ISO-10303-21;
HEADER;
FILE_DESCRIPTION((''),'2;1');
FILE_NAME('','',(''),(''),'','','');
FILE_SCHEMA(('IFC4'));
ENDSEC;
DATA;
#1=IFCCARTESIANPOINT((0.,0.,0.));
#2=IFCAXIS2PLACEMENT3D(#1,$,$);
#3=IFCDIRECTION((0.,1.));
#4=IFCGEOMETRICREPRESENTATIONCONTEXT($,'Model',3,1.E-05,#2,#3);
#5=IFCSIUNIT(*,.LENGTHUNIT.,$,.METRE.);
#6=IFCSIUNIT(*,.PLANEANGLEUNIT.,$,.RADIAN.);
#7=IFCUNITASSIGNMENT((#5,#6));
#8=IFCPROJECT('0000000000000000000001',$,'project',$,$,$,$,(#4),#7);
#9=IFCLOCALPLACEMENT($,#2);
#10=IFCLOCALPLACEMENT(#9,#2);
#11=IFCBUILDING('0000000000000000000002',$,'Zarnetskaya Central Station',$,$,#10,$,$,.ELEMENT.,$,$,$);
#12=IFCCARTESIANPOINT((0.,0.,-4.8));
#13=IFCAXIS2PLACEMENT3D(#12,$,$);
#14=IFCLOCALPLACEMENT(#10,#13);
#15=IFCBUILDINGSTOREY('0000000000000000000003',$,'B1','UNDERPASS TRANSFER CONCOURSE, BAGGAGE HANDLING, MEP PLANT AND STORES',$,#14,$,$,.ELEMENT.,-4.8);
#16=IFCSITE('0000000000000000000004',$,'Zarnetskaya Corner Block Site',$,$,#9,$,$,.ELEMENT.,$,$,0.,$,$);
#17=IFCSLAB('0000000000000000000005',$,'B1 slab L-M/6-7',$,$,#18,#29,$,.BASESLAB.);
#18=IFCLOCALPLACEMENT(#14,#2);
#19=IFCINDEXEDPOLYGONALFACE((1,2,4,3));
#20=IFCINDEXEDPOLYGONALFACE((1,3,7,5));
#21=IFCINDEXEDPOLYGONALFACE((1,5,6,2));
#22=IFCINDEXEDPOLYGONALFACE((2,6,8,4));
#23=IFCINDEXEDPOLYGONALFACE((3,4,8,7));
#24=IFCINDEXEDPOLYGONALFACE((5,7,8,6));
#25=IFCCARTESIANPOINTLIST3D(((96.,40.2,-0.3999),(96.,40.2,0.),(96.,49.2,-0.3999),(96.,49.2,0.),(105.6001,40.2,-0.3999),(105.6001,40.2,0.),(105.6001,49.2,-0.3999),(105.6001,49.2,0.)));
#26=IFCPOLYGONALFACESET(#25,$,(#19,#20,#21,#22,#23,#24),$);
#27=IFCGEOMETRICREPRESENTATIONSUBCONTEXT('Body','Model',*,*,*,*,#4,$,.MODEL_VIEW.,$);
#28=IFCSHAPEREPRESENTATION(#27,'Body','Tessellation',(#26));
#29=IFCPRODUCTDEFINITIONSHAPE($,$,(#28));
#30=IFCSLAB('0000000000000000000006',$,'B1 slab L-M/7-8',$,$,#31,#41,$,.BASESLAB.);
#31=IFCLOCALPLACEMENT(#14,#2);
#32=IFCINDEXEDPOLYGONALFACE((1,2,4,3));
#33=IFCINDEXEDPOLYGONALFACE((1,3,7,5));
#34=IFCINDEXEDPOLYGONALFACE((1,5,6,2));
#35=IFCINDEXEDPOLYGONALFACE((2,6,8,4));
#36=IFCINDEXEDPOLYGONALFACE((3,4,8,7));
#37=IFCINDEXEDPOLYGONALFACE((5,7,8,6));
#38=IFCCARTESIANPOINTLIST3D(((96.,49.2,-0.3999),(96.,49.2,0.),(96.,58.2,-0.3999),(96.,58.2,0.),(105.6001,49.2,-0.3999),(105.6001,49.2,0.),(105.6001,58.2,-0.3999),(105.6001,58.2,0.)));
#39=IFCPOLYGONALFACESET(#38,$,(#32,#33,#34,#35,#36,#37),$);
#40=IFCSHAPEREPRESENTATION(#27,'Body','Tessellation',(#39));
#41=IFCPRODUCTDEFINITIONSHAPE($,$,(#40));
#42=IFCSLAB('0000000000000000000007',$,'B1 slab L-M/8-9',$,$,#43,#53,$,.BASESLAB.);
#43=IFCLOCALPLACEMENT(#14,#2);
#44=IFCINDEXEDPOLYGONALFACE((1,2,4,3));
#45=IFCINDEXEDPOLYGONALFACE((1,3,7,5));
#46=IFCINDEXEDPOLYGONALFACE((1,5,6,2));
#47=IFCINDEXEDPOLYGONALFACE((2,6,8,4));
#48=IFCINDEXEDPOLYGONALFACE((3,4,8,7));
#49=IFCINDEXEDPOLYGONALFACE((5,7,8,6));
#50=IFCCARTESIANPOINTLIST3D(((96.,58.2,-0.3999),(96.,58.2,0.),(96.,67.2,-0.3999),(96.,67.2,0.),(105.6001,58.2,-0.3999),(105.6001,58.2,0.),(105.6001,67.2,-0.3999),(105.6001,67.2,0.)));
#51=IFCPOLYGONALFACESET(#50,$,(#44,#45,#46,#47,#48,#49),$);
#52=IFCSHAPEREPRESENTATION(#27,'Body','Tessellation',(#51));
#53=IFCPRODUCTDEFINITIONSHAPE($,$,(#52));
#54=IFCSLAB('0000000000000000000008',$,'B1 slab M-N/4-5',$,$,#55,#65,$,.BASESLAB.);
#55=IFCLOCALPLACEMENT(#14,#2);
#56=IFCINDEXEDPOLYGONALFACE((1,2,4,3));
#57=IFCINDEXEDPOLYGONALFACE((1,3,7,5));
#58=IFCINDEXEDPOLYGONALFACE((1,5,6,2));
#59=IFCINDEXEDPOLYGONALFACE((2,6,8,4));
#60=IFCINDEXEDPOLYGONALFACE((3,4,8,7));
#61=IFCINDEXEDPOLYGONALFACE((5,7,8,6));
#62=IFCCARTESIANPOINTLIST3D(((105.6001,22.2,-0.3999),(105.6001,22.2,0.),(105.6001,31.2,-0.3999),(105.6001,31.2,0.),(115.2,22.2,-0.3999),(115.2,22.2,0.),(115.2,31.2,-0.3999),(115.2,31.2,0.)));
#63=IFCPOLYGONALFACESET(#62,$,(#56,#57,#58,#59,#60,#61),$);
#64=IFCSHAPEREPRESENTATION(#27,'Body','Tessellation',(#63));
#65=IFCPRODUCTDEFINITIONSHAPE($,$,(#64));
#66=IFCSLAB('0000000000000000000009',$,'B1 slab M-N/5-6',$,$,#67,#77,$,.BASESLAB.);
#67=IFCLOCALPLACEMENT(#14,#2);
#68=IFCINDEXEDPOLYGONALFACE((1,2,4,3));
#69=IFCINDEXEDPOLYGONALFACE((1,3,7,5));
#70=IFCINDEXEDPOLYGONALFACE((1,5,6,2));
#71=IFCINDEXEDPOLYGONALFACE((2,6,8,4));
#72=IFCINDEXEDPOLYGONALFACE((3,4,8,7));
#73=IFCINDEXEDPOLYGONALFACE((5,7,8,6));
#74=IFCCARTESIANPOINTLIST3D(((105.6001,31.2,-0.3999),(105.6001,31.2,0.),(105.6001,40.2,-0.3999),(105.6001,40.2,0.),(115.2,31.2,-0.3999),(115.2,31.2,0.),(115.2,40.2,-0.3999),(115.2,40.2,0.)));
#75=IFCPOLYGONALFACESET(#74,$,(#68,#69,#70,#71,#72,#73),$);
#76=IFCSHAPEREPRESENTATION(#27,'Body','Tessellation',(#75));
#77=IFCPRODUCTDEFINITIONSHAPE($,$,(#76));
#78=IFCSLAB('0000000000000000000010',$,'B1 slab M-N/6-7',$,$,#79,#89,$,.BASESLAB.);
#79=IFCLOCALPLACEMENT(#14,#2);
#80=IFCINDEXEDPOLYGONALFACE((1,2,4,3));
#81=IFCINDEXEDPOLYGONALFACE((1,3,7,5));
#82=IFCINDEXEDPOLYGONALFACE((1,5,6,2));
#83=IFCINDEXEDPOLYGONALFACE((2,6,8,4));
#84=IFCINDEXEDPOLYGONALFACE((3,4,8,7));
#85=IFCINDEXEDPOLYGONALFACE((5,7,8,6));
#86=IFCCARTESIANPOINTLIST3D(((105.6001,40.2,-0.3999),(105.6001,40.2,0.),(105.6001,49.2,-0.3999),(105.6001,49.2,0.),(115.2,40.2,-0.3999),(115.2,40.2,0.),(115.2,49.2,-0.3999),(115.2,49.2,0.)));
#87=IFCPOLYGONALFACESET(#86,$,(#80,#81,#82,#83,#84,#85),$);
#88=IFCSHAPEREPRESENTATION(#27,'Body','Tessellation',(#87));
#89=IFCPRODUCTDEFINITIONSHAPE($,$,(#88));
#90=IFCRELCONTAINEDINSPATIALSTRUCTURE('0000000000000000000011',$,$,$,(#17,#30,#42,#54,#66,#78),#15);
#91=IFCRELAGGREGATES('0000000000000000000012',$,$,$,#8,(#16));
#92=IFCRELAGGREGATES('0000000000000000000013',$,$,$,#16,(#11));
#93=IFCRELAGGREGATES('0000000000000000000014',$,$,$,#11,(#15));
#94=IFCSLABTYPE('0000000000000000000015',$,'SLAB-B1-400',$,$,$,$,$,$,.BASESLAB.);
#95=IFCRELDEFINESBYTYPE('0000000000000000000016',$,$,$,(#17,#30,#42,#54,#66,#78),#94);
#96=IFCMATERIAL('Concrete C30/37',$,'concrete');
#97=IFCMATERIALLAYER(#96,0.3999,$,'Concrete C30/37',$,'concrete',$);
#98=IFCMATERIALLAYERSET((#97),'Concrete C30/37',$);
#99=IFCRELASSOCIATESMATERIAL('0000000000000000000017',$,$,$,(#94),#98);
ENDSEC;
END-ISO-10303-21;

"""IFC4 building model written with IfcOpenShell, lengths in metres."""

from ifc_helpers import new_model, si_unit, direction, frame, origin, place, context, subcontext, project, spatial, polyline, outline, extrude, material, layer, layer_set, type_object, element, save


model = new_model("IFC4")

# Units and contexts
model_context = context("Model", 3, precision=1e-05, world=origin(), true_north=direction((0.0, 1.0)))
body_context = subcontext(model_context, "Body", "Model", "MODEL_VIEW")
ifc_project = project(units=[si_unit("LENGTHUNIT", "METRE"), si_unit("PLANEANGLEUNIT", "RADIAN")], contexts=[model_context])

# Site, building, storey
site_placement = place(None, origin())
site = spatial("IfcSite", under=ifc_project, at=site_placement, Name="Zarnetskaya Corner Block Site", CompositionType="ELEMENT", RefElevation=0.0)
building_placement = place(site_placement, origin())
building = spatial("IfcBuilding", under=site, at=building_placement, Name="Zarnetskaya Central Station", CompositionType="ELEMENT")
storey_placement = place(building_placement, frame((0.0, 0.0, -4.8)))
storey = spatial("IfcBuildingStorey", under=building, at=storey_placement, Name="B1", Description="UNDERPASS TRANSFER CONCOURSE, BAGGAGE HANDLING, MEP PLANT AND STORES", CompositionType="ELEMENT", Elevation=-4.8)

# Slabs
ifc_material = material(Name="Concrete C30/37", Category="concrete")
ifc_layer = layer(ifc_material, 0.3999, Name="Concrete C30/37", Category="concrete")
ifc_layer_set = layer_set([ifc_layer], Name="Concrete C30/37")
slab_type = type_object("IfcSlabType", Name="SLAB-B1-400", PredefinedType="BASESLAB", material=ifc_layer_set)
slab_1_placement = place(storey_placement, frame((0.0, 0.0, -0.3999)))
element("IfcSlab", 1, at=slab_1_placement, inside=storey, type_object=slab_type, Name="B1 slab L-M/6-7", PredefinedType="BASESLAB", context=body_context, shape_type="SweptSolid", body=[
    extrude(outline(polyline([(96.0, 40.2), (105.6001, 40.2), (105.6001, 49.2), (96.0, 49.2), (96.0, 40.2)])), origin(), (0.0, 0.0, 1.0), 0.3999),
])
slab_2_placement = place(storey_placement, frame((0.0, 0.0, -0.3999)))
element("IfcSlab", 2, at=slab_2_placement, inside=storey, type_object=slab_type, Name="B1 slab L-M/7-8", PredefinedType="BASESLAB", context=body_context, shape_type="SweptSolid", body=[
    extrude(outline(polyline([(96.0, 49.2), (105.6001, 49.2), (105.6001, 58.2), (96.0, 58.2), (96.0, 49.2)])), origin(), (0.0, 0.0, 1.0), 0.3999),
])
slab_3_placement = place(storey_placement, frame((0.0, 0.0, -0.3999)))
element("IfcSlab", 3, at=slab_3_placement, inside=storey, type_object=slab_type, Name="B1 slab L-M/8-9", PredefinedType="BASESLAB", context=body_context, shape_type="SweptSolid", body=[
    extrude(outline(polyline([(96.0, 58.2), (105.6001, 58.2), (105.6001, 67.2), (96.0, 67.2), (96.0, 58.2)])), origin(), (0.0, 0.0, 1.0), 0.3999),
])
slab_4_placement = place(storey_placement, frame((0.0, 0.0, -0.3999)))
element("IfcSlab", 4, at=slab_4_placement, inside=storey, type_object=slab_type, Name="B1 slab M-N/4-5", PredefinedType="BASESLAB", context=body_context, shape_type="SweptSolid", body=[
    extrude(outline(polyline([(105.6001, 22.2), (115.2, 22.2), (115.2, 31.2), (105.6001, 31.2), (105.6001, 22.2)])), origin(), (0.0, 0.0, 1.0), 0.3999),
])
slab_5_placement = place(storey_placement, frame((0.0, 0.0, -0.3999)))
element("IfcSlab", 5, at=slab_5_placement, inside=storey, type_object=slab_type, Name="B1 slab M-N/5-6", PredefinedType="BASESLAB", context=body_context, shape_type="SweptSolid", body=[
    extrude(outline(polyline([(105.6001, 31.2), (115.2, 31.2), (115.2, 40.2), (105.6001, 40.2), (105.6001, 31.2)])), origin(), (0.0, 0.0, 1.0), 0.3999),
])
slab_6_placement = place(storey_placement, frame((0.0, 0.0, -0.3999)))
element("IfcSlab", 6, at=slab_6_placement, inside=storey, type_object=slab_type, Name="B1 slab M-N/6-7", PredefinedType="BASESLAB", context=body_context, shape_type="SweptSolid", body=[
    extrude(outline(polyline([(105.6001, 40.2), (115.2, 40.2), (115.2, 49.2), (105.6001, 49.2), (105.6001, 40.2)])), origin(), (0.0, 0.0, 1.0), 0.3999),
])

save(model, "model.ifc")
